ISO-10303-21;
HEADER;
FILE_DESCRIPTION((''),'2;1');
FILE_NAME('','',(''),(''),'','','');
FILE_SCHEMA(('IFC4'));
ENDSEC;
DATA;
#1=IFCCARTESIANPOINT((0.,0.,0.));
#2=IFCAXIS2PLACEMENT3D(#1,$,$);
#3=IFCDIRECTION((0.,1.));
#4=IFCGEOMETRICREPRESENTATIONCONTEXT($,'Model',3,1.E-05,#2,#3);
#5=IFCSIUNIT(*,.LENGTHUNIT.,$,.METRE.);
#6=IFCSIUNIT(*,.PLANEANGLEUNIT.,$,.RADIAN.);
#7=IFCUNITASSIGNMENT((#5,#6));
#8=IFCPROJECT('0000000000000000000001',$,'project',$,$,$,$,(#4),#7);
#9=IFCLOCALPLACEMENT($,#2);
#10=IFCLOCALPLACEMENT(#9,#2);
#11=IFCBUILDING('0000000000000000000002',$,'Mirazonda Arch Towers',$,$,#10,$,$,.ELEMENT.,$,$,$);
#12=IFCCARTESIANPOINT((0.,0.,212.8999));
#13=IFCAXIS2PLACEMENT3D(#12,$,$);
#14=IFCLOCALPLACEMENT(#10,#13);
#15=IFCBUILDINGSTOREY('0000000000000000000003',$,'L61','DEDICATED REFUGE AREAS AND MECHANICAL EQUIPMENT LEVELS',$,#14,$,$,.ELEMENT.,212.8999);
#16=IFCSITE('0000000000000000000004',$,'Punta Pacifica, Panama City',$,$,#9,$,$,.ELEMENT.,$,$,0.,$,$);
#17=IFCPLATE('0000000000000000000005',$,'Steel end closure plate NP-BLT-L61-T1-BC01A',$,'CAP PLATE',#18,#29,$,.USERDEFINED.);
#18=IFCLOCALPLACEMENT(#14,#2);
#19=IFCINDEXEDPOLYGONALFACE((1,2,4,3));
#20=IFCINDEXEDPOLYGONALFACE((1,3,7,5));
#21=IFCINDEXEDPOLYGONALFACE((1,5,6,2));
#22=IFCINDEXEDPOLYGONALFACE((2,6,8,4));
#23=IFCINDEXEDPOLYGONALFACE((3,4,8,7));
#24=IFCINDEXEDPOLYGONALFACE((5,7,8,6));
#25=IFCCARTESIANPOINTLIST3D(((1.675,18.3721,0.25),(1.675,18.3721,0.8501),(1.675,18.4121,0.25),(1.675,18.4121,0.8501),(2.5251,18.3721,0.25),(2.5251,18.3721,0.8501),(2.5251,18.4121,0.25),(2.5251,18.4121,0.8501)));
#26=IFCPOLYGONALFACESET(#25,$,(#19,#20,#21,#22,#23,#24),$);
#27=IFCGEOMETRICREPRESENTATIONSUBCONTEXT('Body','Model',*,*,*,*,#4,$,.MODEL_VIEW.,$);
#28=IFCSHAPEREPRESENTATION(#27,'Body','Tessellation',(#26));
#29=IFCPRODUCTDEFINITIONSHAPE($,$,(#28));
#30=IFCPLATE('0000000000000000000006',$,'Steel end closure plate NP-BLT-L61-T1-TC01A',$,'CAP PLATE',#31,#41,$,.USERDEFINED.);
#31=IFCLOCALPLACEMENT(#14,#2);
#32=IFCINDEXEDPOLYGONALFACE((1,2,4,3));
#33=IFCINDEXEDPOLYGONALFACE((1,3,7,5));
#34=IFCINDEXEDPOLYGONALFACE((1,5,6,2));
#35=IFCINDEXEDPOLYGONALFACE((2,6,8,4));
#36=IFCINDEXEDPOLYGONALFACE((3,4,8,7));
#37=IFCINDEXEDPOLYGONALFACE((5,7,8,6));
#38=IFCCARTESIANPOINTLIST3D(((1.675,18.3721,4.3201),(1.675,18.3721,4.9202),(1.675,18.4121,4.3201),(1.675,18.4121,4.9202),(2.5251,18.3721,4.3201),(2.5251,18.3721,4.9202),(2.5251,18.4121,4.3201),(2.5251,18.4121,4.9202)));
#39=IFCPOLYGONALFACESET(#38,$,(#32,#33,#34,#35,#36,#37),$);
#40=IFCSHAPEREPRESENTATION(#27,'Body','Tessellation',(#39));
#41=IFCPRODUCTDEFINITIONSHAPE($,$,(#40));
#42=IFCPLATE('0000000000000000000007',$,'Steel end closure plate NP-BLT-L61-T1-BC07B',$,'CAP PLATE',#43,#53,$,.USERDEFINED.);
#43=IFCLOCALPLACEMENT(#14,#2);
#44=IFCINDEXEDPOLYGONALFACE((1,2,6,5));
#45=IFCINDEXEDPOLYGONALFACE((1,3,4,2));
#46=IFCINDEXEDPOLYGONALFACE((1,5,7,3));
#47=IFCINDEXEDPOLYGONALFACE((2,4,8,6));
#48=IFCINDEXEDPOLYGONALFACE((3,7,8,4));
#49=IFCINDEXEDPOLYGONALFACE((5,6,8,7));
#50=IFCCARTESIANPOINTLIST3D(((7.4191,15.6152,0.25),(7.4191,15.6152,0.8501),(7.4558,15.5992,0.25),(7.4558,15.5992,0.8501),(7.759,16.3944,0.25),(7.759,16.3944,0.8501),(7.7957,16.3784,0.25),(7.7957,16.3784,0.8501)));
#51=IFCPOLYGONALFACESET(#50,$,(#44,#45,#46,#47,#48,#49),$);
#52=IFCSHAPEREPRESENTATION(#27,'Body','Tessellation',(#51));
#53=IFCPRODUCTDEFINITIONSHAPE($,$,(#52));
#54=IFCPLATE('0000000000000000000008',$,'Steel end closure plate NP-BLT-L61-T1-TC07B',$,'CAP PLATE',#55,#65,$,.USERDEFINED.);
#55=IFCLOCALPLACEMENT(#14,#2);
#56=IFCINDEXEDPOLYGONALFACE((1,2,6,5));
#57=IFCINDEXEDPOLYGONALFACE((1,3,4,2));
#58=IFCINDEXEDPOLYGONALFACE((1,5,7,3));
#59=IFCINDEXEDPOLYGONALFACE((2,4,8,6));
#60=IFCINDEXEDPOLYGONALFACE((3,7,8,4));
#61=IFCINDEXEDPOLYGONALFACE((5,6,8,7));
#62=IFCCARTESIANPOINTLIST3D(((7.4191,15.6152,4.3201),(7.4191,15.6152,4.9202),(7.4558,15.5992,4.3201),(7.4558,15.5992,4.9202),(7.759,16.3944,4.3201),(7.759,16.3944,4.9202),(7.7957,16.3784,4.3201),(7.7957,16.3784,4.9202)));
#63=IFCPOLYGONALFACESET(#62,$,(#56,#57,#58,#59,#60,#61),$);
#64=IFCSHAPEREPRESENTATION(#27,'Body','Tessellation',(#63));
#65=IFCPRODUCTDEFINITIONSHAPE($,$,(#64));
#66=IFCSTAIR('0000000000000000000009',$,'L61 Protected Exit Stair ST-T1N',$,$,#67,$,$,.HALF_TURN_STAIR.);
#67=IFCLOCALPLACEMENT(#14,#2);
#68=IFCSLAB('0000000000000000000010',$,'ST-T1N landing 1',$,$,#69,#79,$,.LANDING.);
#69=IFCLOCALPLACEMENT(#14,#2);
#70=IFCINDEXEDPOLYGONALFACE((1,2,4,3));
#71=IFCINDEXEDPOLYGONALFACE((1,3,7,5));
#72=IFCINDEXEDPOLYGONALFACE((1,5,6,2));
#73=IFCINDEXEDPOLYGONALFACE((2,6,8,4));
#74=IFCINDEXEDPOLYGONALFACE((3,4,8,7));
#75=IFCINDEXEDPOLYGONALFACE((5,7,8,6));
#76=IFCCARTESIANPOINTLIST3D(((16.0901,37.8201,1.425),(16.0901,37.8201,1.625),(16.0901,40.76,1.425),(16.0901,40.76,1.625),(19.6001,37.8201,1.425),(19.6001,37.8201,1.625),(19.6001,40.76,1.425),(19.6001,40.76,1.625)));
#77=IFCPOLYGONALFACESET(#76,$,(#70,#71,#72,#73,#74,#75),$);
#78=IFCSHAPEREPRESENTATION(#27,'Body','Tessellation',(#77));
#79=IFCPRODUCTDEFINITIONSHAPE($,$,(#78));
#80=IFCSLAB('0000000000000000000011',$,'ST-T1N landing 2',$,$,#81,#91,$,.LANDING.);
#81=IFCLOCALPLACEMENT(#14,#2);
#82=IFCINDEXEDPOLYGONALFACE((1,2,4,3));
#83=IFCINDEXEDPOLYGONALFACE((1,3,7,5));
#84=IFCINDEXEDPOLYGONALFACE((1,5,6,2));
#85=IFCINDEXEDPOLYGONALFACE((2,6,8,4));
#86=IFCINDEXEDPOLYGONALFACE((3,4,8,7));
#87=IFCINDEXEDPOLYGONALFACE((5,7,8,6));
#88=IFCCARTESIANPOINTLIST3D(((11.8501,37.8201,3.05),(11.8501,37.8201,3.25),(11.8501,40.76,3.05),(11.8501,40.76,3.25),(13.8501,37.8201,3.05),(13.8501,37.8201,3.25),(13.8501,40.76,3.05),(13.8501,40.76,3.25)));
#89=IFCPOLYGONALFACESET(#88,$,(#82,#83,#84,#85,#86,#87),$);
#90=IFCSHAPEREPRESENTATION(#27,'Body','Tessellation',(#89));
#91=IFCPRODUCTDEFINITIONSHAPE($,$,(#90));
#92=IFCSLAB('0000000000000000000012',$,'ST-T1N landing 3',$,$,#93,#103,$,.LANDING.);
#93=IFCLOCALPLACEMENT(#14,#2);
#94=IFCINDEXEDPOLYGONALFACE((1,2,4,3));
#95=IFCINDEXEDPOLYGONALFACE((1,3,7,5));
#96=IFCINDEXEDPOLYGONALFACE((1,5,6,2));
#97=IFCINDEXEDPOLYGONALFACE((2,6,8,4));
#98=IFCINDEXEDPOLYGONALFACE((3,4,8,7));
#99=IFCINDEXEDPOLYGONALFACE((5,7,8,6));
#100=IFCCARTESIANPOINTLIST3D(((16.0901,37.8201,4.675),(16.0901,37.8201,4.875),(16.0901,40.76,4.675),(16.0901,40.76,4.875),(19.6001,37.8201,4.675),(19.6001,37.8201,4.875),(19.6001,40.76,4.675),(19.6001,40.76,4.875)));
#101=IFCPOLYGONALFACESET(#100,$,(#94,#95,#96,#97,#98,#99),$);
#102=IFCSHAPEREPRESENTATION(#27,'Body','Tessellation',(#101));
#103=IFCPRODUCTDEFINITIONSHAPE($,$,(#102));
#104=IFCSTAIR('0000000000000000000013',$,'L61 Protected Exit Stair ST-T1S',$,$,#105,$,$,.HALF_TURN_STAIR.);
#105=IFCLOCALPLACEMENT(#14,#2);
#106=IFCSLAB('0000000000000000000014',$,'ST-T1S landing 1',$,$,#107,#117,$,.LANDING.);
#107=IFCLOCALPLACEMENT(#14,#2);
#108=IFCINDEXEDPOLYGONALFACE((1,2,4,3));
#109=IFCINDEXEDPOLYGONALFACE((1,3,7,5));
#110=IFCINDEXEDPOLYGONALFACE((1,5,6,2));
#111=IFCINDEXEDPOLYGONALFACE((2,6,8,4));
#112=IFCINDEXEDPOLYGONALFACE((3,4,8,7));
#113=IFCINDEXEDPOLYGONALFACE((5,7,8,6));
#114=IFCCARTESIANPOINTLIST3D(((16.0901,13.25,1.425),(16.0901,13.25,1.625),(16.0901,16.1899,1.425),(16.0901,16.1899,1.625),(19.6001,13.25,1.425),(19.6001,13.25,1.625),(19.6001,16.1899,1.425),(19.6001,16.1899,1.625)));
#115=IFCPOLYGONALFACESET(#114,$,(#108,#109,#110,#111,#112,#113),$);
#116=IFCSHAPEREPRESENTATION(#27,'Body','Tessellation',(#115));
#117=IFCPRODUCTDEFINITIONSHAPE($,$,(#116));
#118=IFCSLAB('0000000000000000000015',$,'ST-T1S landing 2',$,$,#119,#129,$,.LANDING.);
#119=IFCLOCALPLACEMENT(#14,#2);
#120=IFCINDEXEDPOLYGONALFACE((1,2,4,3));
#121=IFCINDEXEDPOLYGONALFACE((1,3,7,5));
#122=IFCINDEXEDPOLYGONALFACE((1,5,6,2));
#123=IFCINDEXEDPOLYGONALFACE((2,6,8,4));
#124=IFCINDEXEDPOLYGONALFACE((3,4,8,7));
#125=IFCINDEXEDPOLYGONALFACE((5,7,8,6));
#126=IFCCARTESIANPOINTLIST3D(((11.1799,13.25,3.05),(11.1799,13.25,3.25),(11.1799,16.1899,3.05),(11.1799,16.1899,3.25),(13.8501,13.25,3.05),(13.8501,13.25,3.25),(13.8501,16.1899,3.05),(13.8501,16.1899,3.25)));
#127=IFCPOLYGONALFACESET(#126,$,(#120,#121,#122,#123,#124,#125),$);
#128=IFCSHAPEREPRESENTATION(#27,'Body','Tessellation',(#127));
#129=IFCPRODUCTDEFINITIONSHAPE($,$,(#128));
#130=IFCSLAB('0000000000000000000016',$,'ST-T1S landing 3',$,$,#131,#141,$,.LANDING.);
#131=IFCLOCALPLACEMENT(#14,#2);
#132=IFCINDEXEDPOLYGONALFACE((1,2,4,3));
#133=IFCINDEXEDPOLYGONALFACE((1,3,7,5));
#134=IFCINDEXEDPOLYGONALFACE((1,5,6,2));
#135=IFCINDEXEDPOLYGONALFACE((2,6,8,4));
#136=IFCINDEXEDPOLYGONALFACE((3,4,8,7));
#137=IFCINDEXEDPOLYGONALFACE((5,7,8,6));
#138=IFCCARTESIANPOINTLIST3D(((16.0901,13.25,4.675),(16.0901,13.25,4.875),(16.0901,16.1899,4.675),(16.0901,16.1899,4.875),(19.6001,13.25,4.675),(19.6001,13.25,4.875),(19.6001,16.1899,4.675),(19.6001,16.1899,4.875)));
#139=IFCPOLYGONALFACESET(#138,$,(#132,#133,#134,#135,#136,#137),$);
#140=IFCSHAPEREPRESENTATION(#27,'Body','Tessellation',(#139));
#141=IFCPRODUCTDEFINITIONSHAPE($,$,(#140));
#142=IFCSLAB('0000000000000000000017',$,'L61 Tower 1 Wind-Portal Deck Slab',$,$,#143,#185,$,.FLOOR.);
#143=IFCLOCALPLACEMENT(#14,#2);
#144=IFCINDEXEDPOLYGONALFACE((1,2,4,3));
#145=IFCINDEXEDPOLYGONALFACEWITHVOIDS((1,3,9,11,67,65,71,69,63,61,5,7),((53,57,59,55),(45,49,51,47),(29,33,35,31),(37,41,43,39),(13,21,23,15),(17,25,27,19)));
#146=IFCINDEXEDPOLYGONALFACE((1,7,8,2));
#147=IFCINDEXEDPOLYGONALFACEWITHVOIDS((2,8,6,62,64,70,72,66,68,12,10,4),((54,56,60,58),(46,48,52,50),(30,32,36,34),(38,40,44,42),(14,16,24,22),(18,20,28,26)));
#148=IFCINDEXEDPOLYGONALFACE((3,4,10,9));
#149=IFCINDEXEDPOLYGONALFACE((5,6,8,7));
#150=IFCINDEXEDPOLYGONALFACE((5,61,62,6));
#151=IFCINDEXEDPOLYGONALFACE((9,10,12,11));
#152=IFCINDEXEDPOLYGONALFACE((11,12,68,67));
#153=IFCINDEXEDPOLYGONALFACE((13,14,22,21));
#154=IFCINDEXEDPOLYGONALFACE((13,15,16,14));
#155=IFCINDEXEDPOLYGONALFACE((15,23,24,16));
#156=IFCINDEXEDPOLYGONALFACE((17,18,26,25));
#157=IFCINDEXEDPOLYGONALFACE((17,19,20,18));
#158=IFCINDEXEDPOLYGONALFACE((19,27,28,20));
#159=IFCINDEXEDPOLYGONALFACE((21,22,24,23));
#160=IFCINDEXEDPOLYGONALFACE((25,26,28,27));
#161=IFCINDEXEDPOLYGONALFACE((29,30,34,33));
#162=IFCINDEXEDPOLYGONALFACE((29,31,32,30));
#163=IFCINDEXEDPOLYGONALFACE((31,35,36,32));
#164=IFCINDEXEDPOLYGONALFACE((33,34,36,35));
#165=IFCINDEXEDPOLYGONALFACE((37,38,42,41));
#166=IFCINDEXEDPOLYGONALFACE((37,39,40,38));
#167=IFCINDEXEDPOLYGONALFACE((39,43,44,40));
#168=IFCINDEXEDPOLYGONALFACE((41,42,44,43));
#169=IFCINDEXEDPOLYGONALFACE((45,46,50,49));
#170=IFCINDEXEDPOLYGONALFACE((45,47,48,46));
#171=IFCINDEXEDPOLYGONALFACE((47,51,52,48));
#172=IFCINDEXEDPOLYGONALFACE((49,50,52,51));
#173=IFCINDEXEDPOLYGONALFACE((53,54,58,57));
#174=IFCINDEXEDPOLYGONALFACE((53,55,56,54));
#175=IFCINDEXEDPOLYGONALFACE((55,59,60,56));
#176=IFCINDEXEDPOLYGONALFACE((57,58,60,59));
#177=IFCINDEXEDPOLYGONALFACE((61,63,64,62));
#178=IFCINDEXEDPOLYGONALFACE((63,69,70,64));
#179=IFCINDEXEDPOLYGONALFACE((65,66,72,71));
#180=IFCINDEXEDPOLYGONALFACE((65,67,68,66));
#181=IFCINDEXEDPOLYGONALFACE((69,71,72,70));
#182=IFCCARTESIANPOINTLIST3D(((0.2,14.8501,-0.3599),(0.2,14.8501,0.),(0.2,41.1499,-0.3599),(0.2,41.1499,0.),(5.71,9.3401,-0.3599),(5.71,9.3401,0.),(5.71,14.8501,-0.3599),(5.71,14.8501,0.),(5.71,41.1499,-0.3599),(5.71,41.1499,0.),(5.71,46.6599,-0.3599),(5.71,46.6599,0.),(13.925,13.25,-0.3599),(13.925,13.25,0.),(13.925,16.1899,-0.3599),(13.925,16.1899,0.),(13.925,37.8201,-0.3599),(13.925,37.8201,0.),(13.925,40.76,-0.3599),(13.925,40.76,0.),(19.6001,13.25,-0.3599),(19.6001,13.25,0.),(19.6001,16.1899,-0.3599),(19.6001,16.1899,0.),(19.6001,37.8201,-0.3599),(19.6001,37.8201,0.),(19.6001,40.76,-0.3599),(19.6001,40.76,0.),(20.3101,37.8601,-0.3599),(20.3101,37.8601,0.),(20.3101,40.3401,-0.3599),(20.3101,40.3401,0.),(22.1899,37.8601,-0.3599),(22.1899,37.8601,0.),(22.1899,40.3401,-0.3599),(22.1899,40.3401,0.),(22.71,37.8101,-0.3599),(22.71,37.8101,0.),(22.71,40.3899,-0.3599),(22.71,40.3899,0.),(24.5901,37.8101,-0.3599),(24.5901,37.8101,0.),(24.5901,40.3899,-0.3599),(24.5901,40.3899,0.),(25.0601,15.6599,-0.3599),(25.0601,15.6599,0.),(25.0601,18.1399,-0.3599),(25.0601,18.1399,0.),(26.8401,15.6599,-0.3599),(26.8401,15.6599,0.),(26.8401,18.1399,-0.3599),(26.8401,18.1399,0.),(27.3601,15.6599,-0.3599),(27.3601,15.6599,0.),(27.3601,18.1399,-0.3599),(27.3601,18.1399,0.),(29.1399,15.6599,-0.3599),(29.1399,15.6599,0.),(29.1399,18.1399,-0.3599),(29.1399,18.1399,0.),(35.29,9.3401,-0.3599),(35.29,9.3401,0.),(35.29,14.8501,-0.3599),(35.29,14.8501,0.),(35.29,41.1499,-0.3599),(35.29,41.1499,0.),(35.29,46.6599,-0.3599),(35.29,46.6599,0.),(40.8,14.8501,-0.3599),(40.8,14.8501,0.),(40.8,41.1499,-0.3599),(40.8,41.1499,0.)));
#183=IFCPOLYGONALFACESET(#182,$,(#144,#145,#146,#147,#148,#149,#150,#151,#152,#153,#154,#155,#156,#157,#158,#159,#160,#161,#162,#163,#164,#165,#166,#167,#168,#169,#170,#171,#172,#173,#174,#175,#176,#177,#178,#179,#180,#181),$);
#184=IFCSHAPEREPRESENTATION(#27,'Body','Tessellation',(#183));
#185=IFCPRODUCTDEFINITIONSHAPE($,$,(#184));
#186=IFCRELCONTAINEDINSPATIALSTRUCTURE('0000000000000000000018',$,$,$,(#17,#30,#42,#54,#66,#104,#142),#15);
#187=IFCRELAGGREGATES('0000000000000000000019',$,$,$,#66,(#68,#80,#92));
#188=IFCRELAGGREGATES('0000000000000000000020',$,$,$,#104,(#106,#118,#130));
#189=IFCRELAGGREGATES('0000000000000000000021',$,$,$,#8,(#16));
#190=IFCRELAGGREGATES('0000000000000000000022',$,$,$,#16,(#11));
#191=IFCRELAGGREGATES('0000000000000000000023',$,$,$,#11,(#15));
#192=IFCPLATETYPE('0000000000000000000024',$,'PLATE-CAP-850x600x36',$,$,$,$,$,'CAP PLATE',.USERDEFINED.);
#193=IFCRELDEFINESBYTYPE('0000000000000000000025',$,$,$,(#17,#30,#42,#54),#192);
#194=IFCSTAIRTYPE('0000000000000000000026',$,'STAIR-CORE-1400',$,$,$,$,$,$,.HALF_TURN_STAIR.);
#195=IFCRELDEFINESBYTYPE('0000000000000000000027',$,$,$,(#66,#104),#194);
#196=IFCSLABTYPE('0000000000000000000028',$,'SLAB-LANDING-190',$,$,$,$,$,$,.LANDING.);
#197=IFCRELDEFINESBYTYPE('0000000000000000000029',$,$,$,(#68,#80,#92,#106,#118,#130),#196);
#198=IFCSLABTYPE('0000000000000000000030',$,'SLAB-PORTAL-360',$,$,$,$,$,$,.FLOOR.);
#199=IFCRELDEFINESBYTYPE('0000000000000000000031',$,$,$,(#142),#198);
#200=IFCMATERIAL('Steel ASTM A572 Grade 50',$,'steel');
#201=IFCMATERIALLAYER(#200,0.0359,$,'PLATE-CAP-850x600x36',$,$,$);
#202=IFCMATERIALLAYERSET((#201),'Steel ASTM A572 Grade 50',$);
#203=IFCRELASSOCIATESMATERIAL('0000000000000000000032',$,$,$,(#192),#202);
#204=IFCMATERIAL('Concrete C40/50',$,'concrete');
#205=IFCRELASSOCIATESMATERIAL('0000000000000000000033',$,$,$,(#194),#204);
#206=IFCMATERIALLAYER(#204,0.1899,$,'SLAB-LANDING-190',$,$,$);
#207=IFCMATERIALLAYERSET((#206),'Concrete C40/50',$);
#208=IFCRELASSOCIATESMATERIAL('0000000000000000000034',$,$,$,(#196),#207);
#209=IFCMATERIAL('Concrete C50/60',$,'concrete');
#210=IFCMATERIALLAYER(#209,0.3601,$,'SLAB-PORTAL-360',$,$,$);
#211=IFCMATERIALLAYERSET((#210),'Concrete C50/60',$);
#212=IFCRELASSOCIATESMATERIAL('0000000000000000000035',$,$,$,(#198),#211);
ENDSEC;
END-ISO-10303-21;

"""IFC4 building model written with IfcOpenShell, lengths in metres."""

from ifc_helpers import new_model, si_unit, direction, frame, origin, origin_2d, place, context, subcontext, project, spatial, polyline, rectangle, outline, extrude, material, layer, layer_set, type_object, element, aggregate, save


model = new_model("IFC4")

# Units and contexts
model_context = context("Model", 3, precision=1e-05, world=origin(), true_north=direction((0.0, 1.0)))
body_context = subcontext(model_context, "Body", "Model", "MODEL_VIEW")
ifc_project = project(units=[si_unit("LENGTHUNIT", "METRE"), si_unit("PLANEANGLEUNIT", "RADIAN")], contexts=[model_context])

# Site, building, storey
site_placement = place(None, origin())
site = spatial("IfcSite", under=ifc_project, at=site_placement, Name="Punta Pacifica, Panama City", CompositionType="ELEMENT", RefElevation=0.0)
building_placement = place(site_placement, origin())
building = spatial("IfcBuilding", under=site, at=building_placement, Name="Mirazonda Arch Towers", CompositionType="ELEMENT")
storey_placement = place(building_placement, frame((0.0, 0.0, 212.8999)))
storey = spatial("IfcBuildingStorey", under=building, at=storey_placement, Name="L61", Description="DEDICATED REFUGE AREAS AND MECHANICAL EQUIPMENT LEVELS", CompositionType="ELEMENT", Elevation=212.8999)

# Shared definitions
ifc_material_1 = material(Name="Concrete C50/60", Category="concrete")

# Shared definitions
ifc_material_2 = material(Name="Steel ASTM A572 Grade 50", Category="steel")

# Plates
ifc_layer_1 = layer(ifc_material_2, 0.0359, Name="PLATE-CAP-850x600x36")
ifc_layer_set_1 = layer_set([ifc_layer_1], Name="Steel ASTM A572 Grade 50")
plate_type_1 = type_object("IfcPlateType", Name="PLATE-CAP-850x600x36", ElementType="CAP PLATE", PredefinedType="USERDEFINED", material=ifc_layer_set_1)
for number, where, z_axis, x_axis, name in (
    (1, (2.1001, 18.3921, 0.25), (0.0, 0.0, 1.0), (0.0, -1.0, 0.0), "Steel end closure plate NP-BLT-L61-T1-BC01A"),
    (2, (2.1001, 18.3921, 4.3201), (0.0, 0.0, 1.0), (0.0, -1.0, 0.0), "Steel end closure plate NP-BLT-L61-T1-TC01A"),
    (3, (7.6074, 15.9968, 0.25), (0.0, 0.0, 1.0), (0.916572, -0.399869, 0.0), "Steel end closure plate NP-BLT-L61-T1-BC07B"),
    (4, (7.6074, 15.9968, 4.3201), (0.0, 0.0, 1.0), (0.916572, -0.399869, 0.0), "Steel end closure plate NP-BLT-L61-T1-TC07B"),
):
    element("IfcPlate", number, at=place(storey_placement, frame(where, z_axis=z_axis, x_axis=x_axis)), inside=storey, type_object=plate_type_1, Name=name, ObjectType="CAP PLATE", PredefinedType="USERDEFINED", context=body_context, shape_type="SweptSolid", body=[
        extrude(rectangle(XDim=0.04, YDim=0.8501, at=origin_2d()), origin(), (0.0, 0.0, 1.0), 0.6001),
    ])

# Stairs, slabs
ifc_material_3 = material(Name="Concrete C40/50", Category="concrete")
stair_type = type_object("IfcStairType", Name="STAIR-CORE-1400", PredefinedType="HALF_TURN_STAIR", material=ifc_material_3)
stair_1_placement = place(storey_placement, origin())
stair_1 = element("IfcStair", 5, at=stair_1_placement, inside=storey, type_object=stair_type, Name="L61 Protected Exit Stair ST-T1N", PredefinedType="HALF_TURN_STAIR")
ifc_layer_2 = layer(ifc_material_3, 0.1899, Name="SLAB-LANDING-190")
ifc_layer_set_2 = layer_set([ifc_layer_2], Name="Concrete C40/50")
slab_type_1 = type_object("IfcSlabType", Name="SLAB-LANDING-190", PredefinedType="LANDING", material=ifc_layer_set_2)
slab_1_placement = place(storey_placement, frame((0.0, 0.0, 1.425)))
slab_1 = element("IfcSlab", 6, at=slab_1_placement, type_object=slab_type_1, Name="ST-T1N landing 1", PredefinedType="LANDING", context=body_context, shape_type="SweptSolid", body=[
    extrude(outline(polyline([(16.0901, 37.8201), (19.6001, 37.8201), (19.6001, 40.76), (16.0901, 40.76), (16.0901, 37.8201)])), origin(), (0.0, 0.0, 1.0), 0.2),
])
slab_2_placement = place(storey_placement, frame((0.0, 0.0, 3.05)))
slab_2 = element("IfcSlab", 7, at=slab_2_placement, type_object=slab_type_1, Name="ST-T1N landing 2", PredefinedType="LANDING", context=body_context, shape_type="SweptSolid", body=[
    extrude(outline(polyline([(11.8501, 37.8201), (13.8501, 37.8201), (13.8501, 40.76), (11.8501, 40.76), (11.8501, 37.8201)])), origin(), (0.0, 0.0, 1.0), 0.2),
])
slab_3_placement = place(storey_placement, frame((0.0, 0.0, 4.675)))
slab_3 = element("IfcSlab", 8, at=slab_3_placement, type_object=slab_type_1, Name="ST-T1N landing 3", PredefinedType="LANDING", context=body_context, shape_type="SweptSolid", body=[
    extrude(outline(polyline([(16.0901, 37.8201), (19.6001, 37.8201), (19.6001, 40.76), (16.0901, 40.76), (16.0901, 37.8201)])), origin(), (0.0, 0.0, 1.0), 0.2),
])
aggregate(stair_1, [slab_1, slab_2, slab_3])
stair_2_placement = place(storey_placement, origin())
stair_2 = element("IfcStair", 9, at=stair_2_placement, inside=storey, type_object=stair_type, Name="L61 Protected Exit Stair ST-T1S", PredefinedType="HALF_TURN_STAIR")
slab_4_placement = place(storey_placement, frame((0.0, 0.0, 1.425)))
slab_4 = element("IfcSlab", 10, at=slab_4_placement, type_object=slab_type_1, Name="ST-T1S landing 1", PredefinedType="LANDING", context=body_context, shape_type="SweptSolid", body=[
    extrude(outline(polyline([(16.0901, 13.25), (19.6001, 13.25), (19.6001, 16.1899), (16.0901, 16.1899), (16.0901, 13.25)])), origin(), (0.0, 0.0, 1.0), 0.2),
])
slab_5_placement = place(storey_placement, frame((0.0, 0.0, 3.05)))
slab_5 = element("IfcSlab", 11, at=slab_5_placement, type_object=slab_type_1, Name="ST-T1S landing 2", PredefinedType="LANDING", context=body_context, shape_type="SweptSolid", body=[
    extrude(outline(polyline([(11.1799, 13.25), (13.8501, 13.25), (13.8501, 16.1899), (11.1799, 16.1899), (11.1799, 13.25)])), origin(), (0.0, 0.0, 1.0), 0.2),
])
slab_6_placement = place(storey_placement, frame((0.0, 0.0, 4.675)))
slab_6 = element("IfcSlab", 12, at=slab_6_placement, type_object=slab_type_1, Name="ST-T1S landing 3", PredefinedType="LANDING", context=body_context, shape_type="SweptSolid", body=[
    extrude(outline(polyline([(16.0901, 13.25), (19.6001, 13.25), (19.6001, 16.1899), (16.0901, 16.1899), (16.0901, 13.25)])), origin(), (0.0, 0.0, 1.0), 0.2),
])
aggregate(stair_2, [slab_4, slab_5, slab_6])

# Slab
ifc_layer_3 = layer(ifc_material_1, 0.3601, Name="SLAB-PORTAL-360")
ifc_layer_set_3 = layer_set([ifc_layer_3], Name="Concrete C50/60")
slab_type_2 = type_object("IfcSlabType", Name="SLAB-PORTAL-360", PredefinedType="FLOOR", material=ifc_layer_set_3)
slab_7_placement = place(storey_placement, frame((0.0, 0.0, -0.3599)))
element("IfcSlab", 13, at=slab_7_placement, inside=storey, type_object=slab_type_2, Name="L61 Tower 1 Wind-Portal Deck Slab", PredefinedType="FLOOR", context=body_context, shape_type="SweptSolid", body=[
    extrude(outline(polyline([(5.71, 9.3401), (35.29, 9.3401), (35.29, 14.8501), (40.8, 14.8501), (40.8, 41.1499), (35.29, 41.1499), (35.29, 46.6599), (5.71, 46.6599), (5.71, 41.1499), (0.2, 41.1499), (0.2, 14.8501), (5.71, 14.8501), (5.71, 9.3401)]), holes=[polyline([(27.3601, 18.1399), (29.1399, 18.1399), (29.1399, 15.6599), (27.3601, 15.6599), (27.3601, 18.1399)]), polyline([(25.0601, 18.1399), (26.8401, 18.1399), (26.8401, 15.6599), (25.0601, 15.6599), (25.0601, 18.1399)]), polyline([(22.71, 40.3899), (24.5901, 40.3899), (24.5901, 37.8101), (22.71, 37.8101), (22.71, 40.3899)]), polyline([(20.3101, 37.8601), (20.3101, 40.3401), (22.1899, 40.3401), (22.1899, 37.8601), (20.3101, 37.8601)]), polyline([(19.6001, 13.25), (13.925, 13.25), (13.925, 16.1899), (19.6001, 16.1899), (19.6001, 13.25)]), polyline([(13.925, 37.8201), (13.925, 40.76), (19.6001, 40.76), (19.6001, 37.8201), (13.925, 37.8201)])]), origin(), (0.0, 0.0, 1.0), 0.3599),
])

save(model, "model.ifc")
